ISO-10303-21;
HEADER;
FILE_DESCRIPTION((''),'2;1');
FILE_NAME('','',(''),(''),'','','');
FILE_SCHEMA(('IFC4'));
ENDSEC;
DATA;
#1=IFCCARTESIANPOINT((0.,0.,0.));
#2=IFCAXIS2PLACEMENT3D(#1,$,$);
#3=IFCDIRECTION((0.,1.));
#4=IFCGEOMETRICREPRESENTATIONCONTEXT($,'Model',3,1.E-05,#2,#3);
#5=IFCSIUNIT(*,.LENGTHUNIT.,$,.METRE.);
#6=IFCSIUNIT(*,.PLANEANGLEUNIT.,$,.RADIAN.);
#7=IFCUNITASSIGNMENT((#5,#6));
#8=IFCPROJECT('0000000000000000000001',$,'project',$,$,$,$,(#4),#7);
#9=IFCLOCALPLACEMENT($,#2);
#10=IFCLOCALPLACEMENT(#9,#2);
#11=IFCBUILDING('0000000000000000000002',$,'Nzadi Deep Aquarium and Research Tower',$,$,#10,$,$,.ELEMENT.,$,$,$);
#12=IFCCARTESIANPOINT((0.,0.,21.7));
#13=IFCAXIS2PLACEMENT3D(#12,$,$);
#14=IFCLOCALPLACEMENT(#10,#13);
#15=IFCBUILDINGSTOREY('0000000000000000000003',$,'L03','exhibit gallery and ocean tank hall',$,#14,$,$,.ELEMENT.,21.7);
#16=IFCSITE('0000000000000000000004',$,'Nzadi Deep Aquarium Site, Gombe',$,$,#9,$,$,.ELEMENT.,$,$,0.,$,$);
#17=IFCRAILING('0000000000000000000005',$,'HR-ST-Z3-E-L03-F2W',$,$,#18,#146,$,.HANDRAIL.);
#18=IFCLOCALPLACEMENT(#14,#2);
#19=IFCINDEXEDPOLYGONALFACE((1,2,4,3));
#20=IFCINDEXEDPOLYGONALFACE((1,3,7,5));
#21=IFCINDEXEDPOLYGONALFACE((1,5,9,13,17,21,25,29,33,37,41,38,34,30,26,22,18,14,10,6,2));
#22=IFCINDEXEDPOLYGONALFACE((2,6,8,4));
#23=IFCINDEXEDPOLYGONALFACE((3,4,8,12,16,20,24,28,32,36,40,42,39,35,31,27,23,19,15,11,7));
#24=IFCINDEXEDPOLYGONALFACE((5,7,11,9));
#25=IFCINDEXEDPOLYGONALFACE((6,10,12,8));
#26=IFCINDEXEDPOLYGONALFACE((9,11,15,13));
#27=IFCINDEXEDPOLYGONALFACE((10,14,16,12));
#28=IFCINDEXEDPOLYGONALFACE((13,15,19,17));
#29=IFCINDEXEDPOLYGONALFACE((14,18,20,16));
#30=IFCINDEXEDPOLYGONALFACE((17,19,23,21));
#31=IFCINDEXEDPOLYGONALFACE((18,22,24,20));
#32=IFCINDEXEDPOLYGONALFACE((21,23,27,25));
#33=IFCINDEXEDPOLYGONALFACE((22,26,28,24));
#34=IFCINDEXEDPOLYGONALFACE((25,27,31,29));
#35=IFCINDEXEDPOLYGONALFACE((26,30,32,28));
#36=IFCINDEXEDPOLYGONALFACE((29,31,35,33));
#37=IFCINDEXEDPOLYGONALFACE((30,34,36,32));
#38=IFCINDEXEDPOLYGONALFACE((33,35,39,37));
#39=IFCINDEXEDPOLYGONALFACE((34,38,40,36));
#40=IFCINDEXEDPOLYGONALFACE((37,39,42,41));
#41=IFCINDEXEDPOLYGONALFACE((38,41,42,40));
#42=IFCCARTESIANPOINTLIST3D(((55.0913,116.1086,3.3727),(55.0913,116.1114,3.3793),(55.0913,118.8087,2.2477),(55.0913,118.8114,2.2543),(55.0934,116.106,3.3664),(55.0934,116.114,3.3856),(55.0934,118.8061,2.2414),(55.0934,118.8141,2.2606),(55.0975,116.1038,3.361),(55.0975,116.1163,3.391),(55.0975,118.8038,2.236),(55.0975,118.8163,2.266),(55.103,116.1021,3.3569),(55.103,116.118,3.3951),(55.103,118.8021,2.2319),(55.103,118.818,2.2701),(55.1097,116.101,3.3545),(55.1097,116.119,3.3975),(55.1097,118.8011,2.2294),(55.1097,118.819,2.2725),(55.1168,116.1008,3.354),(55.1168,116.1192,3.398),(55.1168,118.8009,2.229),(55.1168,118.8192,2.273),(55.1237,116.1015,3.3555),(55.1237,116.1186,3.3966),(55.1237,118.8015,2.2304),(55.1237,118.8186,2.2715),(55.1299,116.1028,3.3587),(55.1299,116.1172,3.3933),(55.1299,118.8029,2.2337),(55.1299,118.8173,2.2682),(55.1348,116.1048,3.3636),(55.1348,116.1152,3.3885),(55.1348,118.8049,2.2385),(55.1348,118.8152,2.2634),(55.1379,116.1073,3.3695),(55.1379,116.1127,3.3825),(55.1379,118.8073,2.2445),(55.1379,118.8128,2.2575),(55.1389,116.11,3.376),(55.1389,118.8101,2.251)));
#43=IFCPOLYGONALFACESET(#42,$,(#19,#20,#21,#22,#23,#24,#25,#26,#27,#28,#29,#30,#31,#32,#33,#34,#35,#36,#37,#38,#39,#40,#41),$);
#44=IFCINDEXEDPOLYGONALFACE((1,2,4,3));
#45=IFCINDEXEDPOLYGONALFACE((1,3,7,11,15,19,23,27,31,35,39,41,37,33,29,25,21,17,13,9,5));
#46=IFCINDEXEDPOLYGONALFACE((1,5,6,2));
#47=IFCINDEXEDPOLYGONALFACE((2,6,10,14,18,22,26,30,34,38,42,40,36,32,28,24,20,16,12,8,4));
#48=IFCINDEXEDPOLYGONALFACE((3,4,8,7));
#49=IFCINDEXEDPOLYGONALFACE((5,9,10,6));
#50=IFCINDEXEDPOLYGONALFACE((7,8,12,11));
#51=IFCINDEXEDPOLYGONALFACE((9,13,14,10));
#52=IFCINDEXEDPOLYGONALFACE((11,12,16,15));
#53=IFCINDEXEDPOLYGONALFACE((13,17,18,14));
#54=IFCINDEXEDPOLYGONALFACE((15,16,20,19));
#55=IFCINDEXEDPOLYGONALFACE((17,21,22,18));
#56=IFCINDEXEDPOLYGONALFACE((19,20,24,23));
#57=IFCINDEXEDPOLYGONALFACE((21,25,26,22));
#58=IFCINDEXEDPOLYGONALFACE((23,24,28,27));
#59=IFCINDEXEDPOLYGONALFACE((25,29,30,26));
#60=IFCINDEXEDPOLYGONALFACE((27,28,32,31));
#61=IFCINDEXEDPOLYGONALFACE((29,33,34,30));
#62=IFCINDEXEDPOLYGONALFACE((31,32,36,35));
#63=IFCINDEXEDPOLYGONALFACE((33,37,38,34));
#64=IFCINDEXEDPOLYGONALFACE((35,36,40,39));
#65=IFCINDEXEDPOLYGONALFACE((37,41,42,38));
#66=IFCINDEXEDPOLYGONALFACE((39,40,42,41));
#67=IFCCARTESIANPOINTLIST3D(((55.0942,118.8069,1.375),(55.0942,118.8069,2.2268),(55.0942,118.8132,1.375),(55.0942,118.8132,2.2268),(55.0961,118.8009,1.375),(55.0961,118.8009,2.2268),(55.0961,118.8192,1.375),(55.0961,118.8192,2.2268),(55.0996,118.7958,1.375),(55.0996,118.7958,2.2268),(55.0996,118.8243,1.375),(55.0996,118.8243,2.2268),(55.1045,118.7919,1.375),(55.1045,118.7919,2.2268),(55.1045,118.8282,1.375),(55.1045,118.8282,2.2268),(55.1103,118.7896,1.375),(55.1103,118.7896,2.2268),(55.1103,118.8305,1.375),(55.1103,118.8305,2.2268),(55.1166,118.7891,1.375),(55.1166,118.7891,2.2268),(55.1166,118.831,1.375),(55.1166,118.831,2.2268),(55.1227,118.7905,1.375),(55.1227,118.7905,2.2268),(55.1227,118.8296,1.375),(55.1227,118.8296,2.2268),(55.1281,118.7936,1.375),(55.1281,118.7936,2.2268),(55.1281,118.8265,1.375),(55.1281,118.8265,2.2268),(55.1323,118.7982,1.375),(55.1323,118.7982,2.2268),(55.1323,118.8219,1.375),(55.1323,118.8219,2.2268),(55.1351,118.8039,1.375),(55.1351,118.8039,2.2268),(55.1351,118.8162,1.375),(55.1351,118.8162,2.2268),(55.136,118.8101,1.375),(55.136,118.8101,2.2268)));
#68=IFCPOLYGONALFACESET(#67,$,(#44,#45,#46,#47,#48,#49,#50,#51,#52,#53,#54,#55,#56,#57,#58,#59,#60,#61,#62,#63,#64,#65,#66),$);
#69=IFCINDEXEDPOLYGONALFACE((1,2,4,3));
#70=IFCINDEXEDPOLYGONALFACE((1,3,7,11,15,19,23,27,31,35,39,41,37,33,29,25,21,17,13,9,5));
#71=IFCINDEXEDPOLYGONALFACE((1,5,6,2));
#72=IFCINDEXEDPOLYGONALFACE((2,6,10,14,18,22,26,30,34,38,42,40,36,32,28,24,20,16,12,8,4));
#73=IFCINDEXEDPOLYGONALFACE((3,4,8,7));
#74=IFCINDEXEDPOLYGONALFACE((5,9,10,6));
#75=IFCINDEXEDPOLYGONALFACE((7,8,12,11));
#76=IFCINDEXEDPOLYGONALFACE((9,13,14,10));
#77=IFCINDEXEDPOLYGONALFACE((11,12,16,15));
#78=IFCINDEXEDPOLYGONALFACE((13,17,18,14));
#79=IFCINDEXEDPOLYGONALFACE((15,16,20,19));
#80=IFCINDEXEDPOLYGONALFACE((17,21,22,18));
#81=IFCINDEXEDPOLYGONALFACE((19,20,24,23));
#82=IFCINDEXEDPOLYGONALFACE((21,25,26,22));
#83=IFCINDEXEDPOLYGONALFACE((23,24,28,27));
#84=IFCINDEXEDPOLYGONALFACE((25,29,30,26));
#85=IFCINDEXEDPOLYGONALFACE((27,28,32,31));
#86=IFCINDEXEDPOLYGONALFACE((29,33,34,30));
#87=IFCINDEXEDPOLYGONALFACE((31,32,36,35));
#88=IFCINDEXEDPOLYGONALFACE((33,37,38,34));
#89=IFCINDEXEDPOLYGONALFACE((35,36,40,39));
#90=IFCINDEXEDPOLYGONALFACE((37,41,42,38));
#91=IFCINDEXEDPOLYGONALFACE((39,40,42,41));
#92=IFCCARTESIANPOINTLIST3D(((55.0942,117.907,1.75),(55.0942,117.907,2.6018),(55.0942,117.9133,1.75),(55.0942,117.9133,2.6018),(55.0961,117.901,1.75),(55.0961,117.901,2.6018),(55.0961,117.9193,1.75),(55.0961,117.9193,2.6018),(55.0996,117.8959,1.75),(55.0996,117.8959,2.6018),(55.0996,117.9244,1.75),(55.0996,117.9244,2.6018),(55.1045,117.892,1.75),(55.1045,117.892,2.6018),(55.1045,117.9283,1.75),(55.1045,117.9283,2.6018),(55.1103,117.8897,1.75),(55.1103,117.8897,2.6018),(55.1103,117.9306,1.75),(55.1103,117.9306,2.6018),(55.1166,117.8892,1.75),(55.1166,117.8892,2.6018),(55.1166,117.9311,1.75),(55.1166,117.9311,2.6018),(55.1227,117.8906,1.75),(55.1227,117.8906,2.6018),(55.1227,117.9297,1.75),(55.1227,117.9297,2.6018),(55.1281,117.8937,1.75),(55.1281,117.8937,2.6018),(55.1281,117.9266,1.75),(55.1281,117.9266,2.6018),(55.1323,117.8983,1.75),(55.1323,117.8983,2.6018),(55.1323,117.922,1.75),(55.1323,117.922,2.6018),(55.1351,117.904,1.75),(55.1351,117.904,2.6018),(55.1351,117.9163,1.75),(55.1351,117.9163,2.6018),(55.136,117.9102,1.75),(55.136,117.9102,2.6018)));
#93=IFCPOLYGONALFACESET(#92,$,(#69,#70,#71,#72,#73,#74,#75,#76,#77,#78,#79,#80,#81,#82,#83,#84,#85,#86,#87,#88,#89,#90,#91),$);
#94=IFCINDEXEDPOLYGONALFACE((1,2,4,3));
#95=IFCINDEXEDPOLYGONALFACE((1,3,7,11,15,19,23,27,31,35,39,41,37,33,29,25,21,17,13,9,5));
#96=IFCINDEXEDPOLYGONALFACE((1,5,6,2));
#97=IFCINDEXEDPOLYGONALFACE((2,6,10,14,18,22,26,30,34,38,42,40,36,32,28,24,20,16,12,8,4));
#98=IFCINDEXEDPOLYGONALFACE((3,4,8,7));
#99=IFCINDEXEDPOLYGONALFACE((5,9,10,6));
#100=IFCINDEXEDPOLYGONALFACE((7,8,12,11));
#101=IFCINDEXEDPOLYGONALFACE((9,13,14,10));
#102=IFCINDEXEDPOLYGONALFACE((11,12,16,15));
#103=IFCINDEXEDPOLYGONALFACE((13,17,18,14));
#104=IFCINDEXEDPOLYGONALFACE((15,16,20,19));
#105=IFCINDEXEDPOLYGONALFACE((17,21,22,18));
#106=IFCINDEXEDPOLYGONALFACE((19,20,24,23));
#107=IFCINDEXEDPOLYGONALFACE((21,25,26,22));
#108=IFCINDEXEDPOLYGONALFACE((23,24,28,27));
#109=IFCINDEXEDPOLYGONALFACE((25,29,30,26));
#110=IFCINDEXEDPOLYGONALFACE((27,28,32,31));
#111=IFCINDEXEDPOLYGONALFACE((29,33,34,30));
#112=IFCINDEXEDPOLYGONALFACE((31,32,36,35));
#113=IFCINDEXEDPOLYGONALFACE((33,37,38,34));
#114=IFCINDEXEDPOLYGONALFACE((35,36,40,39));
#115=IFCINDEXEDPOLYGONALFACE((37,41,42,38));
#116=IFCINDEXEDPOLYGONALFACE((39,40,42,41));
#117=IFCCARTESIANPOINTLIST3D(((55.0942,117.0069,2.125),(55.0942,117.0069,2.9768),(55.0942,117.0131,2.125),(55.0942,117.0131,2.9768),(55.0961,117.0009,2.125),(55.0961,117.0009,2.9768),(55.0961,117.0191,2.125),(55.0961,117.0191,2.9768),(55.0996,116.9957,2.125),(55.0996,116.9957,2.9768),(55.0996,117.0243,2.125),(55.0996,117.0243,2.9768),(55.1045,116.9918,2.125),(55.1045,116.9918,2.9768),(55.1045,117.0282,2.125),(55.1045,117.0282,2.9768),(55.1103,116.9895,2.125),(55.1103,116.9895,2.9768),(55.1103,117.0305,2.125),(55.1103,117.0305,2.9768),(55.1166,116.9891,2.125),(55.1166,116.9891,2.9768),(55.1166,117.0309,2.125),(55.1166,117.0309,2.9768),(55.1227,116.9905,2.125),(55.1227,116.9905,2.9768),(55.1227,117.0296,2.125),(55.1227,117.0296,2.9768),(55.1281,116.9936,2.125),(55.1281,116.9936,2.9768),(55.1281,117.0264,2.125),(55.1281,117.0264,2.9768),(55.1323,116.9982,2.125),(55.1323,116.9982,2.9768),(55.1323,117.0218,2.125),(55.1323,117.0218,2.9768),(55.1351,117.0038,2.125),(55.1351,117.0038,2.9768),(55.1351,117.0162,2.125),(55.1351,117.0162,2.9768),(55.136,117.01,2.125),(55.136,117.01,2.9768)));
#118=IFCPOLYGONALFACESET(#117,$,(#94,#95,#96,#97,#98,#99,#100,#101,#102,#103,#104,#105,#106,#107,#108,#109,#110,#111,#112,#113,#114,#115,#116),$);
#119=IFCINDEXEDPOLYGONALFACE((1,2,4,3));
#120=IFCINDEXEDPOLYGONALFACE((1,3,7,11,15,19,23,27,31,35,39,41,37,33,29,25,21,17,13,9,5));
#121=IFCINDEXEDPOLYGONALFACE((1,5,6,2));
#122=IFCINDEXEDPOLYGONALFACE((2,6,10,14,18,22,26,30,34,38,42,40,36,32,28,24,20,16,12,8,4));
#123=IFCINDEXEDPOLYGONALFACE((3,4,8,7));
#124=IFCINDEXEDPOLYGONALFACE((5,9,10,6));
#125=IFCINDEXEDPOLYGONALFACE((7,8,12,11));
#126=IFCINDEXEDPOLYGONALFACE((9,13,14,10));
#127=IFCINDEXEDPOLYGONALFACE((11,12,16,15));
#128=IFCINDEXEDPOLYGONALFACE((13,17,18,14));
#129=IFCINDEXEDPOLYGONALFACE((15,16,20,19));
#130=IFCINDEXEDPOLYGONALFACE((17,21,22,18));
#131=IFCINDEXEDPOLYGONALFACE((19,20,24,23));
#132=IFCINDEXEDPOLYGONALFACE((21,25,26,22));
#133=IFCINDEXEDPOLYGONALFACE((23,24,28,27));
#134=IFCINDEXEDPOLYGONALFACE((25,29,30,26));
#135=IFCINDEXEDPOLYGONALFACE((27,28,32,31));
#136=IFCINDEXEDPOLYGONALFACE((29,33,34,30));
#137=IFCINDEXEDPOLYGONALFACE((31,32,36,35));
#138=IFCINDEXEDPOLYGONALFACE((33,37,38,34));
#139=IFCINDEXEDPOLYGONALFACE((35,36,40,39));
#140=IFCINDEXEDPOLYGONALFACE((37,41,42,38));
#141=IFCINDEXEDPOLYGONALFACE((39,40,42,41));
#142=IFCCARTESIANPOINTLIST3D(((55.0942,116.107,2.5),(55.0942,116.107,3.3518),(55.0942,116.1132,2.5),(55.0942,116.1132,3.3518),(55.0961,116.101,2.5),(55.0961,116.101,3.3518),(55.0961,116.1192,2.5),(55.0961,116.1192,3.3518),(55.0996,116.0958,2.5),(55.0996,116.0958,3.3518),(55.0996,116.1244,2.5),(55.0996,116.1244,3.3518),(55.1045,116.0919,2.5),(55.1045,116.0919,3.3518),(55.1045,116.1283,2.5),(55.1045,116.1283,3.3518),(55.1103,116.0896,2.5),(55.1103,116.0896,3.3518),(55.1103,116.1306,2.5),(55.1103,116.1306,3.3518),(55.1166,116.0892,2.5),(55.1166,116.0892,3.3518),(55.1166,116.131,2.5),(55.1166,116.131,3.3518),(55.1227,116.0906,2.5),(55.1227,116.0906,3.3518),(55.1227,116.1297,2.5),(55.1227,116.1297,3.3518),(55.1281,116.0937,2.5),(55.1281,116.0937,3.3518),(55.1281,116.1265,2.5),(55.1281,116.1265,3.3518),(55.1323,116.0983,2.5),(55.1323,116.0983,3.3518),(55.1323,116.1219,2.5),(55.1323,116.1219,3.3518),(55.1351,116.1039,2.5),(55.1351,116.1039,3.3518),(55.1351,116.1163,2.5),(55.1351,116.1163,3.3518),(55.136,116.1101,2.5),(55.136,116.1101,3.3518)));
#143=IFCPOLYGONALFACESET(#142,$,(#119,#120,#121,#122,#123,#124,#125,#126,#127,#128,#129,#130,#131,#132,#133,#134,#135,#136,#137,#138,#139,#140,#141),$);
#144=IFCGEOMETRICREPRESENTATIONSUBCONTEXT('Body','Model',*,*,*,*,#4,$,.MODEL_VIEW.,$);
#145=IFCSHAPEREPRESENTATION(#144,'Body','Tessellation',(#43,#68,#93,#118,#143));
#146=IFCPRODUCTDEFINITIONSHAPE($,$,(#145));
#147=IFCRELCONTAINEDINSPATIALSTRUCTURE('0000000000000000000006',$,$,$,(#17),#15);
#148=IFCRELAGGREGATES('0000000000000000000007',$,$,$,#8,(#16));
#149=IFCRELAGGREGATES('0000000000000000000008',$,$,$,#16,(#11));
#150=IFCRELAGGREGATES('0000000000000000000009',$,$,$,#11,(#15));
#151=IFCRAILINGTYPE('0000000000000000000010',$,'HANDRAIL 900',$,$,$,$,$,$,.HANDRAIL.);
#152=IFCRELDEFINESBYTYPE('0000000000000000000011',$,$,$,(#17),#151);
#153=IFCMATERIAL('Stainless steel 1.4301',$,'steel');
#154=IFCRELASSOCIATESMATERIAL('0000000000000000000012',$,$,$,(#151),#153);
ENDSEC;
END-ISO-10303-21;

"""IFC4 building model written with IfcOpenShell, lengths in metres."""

from ifc_helpers import new_model, si_unit, direction, frame, origin, origin_2d, place, context, subcontext, project, spatial, circle, extrude, material, type_object, element, save


model = new_model("IFC4")

# Units and contexts
model_context = context("Model", 3, precision=1e-05, world=origin(), true_north=direction((0.0, 1.0)))
body_context = subcontext(model_context, "Body", "Model", "MODEL_VIEW")
ifc_project = project(units=[si_unit("LENGTHUNIT", "METRE"), si_unit("PLANEANGLEUNIT", "RADIAN")], contexts=[model_context])

# Site, building, storey
site_placement = place(None, origin())
site = spatial("IfcSite", under=ifc_project, at=site_placement, Name="Nzadi Deep Aquarium Site, Gombe", CompositionType="ELEMENT", RefElevation=0.0)
building_placement = place(site_placement, origin())
building = spatial("IfcBuilding", under=site, at=building_placement, Name="Nzadi Deep Aquarium and Research Tower", CompositionType="ELEMENT")
storey_placement = place(building_placement, frame((0.0, 0.0, 21.7)))
storey = spatial("IfcBuildingStorey", under=building, at=storey_placement, Name="L03", Description="exhibit gallery and ocean tank hall", CompositionType="ELEMENT", Elevation=21.7)

# Railing
ifc_material_1 = material(Name="Stainless steel 1.4301", Category="steel")
railing_type = type_object("IfcRailingType", Name="HANDRAIL 900", PredefinedType="HANDRAIL", material=ifc_material_1)
for number, where, name in (
    (1, (55.115, 118.8101, 1.375), "HR-ST-Z3-E-L03-F2W"),
):
    element("IfcRailing", number, at=place(storey_placement, frame(where)), inside=storey, type_object=railing_type, Name=name, PredefinedType="HANDRAIL", context=body_context, shape_type="SweptSolid", body=[
        extrude(circle(Radius=0.0239, at=origin_2d()), frame((0.0, 0.0, 0.876), z_axis=(0.0, -0.923074, 0.384621), x_axis=(1.0, 0.0, 0.0)), (0.0, 0.0, 1.0), 2.925),
        extrude(circle(Radius=0.021, at=origin_2d()), origin(), (0.0, 0.0, 1.0), 0.8518),
        extrude(circle(Radius=0.021, at=origin_2d()), frame((0.0, -0.8999, 0.375)), (0.0, 0.0, 1.0), 0.8518),
        extrude(circle(Radius=0.021, at=origin_2d()), frame((0.0, -1.8, 0.75)), (0.0, 0.0, 1.0), 0.8518),
        extrude(circle(Radius=0.021, at=origin_2d()), frame((0.0, -2.7, 1.125)), (0.0, 0.0, 1.0), 0.8518),
    ])

save(model, "model.ifc")
